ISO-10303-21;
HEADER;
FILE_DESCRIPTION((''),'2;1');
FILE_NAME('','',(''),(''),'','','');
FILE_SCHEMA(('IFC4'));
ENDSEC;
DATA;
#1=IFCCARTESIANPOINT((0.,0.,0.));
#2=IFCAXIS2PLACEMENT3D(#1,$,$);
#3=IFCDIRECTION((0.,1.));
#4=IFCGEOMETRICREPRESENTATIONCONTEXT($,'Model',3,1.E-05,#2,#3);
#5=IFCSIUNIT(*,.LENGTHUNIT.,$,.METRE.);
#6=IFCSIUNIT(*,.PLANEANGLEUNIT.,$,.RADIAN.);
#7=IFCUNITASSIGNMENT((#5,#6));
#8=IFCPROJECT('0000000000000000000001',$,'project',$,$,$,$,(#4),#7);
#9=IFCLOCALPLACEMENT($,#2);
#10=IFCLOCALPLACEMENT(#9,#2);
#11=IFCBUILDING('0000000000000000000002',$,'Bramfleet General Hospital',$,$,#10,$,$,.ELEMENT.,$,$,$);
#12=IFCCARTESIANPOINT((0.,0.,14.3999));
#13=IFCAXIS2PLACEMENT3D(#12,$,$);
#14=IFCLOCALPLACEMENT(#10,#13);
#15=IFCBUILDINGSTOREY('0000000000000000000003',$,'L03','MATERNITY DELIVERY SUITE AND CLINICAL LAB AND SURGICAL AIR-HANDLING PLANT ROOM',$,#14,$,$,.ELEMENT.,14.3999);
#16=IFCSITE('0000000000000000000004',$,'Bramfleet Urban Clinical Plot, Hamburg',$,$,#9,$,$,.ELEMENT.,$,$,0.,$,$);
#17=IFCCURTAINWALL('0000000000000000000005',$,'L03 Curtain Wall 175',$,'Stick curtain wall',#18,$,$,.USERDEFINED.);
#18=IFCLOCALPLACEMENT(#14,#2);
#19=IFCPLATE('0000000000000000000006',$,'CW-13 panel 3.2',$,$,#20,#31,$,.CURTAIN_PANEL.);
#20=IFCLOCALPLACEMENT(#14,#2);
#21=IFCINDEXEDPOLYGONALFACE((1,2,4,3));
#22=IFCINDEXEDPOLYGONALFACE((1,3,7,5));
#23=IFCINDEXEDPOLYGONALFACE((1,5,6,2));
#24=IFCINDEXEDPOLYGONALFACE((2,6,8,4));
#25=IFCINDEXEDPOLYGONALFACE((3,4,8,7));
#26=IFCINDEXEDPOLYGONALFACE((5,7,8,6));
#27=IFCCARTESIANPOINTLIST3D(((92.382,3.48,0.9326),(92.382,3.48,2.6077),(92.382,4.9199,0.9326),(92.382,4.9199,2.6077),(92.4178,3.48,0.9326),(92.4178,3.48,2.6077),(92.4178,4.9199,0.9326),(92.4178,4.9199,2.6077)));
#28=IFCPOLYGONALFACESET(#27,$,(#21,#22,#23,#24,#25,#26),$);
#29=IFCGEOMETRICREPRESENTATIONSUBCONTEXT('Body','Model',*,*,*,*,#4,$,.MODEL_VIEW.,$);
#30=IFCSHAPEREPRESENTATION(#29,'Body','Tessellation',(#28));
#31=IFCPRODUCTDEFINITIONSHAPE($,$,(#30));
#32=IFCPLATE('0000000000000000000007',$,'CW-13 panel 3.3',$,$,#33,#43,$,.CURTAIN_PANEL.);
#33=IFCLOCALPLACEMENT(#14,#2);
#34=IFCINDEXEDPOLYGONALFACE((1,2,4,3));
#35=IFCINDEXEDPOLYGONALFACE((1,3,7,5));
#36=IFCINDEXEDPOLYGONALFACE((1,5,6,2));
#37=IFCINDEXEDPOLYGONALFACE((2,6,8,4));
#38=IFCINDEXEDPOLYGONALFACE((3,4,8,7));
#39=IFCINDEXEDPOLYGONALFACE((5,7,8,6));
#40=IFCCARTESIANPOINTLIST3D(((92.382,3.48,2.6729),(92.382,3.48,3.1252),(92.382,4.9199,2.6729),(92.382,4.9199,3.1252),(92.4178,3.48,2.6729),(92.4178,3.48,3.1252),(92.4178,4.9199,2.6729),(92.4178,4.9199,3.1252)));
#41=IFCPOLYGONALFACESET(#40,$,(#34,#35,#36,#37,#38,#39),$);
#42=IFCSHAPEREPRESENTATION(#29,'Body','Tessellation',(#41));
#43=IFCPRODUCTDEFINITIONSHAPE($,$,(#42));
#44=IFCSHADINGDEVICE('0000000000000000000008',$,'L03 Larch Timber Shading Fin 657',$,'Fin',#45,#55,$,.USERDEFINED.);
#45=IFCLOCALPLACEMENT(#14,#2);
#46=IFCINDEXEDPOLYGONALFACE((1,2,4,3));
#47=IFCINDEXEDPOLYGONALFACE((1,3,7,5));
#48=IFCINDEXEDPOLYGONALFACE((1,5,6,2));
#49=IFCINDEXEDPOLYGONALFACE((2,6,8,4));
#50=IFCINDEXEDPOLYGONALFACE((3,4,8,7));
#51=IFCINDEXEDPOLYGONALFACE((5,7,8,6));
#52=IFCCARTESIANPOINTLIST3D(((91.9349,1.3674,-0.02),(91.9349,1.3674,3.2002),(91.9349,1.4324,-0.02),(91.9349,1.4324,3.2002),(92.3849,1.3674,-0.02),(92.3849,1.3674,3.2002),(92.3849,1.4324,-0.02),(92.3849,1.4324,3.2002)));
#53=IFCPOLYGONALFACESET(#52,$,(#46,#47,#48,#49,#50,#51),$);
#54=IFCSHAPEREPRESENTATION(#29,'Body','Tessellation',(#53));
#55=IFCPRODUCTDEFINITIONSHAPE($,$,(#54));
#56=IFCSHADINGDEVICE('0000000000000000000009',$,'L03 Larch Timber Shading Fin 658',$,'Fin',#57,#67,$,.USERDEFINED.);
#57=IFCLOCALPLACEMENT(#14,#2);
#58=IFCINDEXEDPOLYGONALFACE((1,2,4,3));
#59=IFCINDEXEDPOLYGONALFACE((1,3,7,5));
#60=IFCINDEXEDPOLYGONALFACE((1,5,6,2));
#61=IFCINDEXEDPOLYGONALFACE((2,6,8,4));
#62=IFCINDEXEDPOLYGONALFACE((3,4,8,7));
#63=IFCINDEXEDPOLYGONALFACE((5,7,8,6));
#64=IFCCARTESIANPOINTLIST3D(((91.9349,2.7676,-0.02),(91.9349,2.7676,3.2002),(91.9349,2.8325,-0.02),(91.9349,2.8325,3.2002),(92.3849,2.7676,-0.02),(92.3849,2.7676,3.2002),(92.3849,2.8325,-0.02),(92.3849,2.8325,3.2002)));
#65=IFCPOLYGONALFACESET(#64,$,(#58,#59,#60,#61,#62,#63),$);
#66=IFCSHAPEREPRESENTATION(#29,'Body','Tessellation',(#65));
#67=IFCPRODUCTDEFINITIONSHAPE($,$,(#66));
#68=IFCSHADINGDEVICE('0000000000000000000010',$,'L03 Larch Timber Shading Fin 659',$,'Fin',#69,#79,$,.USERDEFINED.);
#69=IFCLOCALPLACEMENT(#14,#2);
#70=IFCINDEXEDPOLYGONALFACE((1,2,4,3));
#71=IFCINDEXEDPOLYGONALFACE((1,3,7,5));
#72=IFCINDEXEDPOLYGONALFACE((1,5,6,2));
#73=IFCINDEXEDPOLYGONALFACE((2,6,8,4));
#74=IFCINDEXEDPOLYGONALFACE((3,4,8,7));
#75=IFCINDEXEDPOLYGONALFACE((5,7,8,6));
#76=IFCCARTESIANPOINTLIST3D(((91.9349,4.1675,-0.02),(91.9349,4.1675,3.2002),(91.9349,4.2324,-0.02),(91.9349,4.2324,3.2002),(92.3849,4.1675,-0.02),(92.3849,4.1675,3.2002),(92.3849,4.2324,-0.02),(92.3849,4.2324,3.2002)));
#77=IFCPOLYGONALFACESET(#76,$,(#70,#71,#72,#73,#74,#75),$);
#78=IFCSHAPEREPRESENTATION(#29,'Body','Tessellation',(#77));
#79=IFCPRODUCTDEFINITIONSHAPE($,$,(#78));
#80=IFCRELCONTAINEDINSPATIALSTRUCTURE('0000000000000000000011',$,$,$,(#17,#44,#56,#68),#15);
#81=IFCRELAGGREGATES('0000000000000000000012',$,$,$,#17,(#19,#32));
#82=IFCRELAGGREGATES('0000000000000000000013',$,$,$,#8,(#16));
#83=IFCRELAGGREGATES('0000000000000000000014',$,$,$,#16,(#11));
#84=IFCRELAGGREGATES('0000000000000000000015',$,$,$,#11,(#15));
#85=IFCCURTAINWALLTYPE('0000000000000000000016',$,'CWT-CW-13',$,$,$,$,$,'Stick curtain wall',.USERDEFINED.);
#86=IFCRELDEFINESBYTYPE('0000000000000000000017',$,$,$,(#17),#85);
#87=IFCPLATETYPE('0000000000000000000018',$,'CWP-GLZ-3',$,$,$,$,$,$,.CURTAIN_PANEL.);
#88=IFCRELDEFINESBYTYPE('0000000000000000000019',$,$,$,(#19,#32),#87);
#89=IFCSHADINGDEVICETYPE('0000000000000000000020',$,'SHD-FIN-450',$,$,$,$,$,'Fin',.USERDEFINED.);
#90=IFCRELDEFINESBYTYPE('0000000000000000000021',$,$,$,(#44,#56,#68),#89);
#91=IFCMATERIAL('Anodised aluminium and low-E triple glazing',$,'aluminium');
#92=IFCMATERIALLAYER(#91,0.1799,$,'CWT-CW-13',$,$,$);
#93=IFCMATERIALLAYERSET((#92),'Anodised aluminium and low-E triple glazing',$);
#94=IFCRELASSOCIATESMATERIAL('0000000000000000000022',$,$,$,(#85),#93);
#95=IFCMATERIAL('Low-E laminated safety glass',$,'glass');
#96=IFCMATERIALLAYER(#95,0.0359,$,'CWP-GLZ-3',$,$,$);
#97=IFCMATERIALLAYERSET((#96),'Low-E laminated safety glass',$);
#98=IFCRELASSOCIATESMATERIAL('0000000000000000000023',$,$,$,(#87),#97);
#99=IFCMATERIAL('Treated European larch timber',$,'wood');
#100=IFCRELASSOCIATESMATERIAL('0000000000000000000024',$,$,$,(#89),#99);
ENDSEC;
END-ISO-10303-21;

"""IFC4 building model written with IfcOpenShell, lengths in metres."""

from ifc_helpers import new_model, si_unit, direction, frame, origin, origin_2d, place, context, subcontext, project, spatial, rectangle, extrude, material, layer, layer_set, material_profile, profile_set, type_object, element, aggregate, save


model = new_model("IFC4")

# Units and contexts
model_context = context("Model", 3, precision=1e-05, world=origin(), true_north=direction((0.0, 1.0)))
body_context = subcontext(model_context, "Body", "Model", "MODEL_VIEW")
ifc_project = project(units=[si_unit("LENGTHUNIT", "METRE"), si_unit("PLANEANGLEUNIT", "RADIAN")], contexts=[model_context])

# Site, building, storey
site_placement = place(None, origin())
site = spatial("IfcSite", under=ifc_project, at=site_placement, Name="Bramfleet Urban Clinical Plot, Hamburg", CompositionType="ELEMENT", RefElevation=0.0)
building_placement = place(site_placement, origin())
building = spatial("IfcBuilding", under=site, at=building_placement, Name="Bramfleet General Hospital", CompositionType="ELEMENT")
storey_placement = place(building_placement, frame((0.0, 0.0, 14.3999)))
storey = spatial("IfcBuildingStorey", under=building, at=storey_placement, Name="L03", Description="MATERNITY DELIVERY SUITE AND CLINICAL LAB AND SURGICAL AIR-HANDLING PLANT ROOM", CompositionType="ELEMENT", Elevation=14.3999)

# Curtain wall, plates
ifc_material_1 = material(Name="Anodised aluminium and low-E triple glazing", Category="aluminium")
ifc_layer_1 = layer(ifc_material_1, 0.1799, Name="CWT-CW-13")
ifc_layer_set_1 = layer_set([ifc_layer_1], Name="Anodised aluminium and low-E triple glazing")
curtain_wall_type = type_object("IfcCurtainWallType", Name="CWT-CW-13", ElementType="Stick curtain wall", PredefinedType="USERDEFINED", material=ifc_layer_set_1)
curtain_wall_placement = place(storey_placement, origin())
curtain_wall = element("IfcCurtainWall", 1, at=curtain_wall_placement, inside=storey, type_object=curtain_wall_type, Name="L03 Curtain Wall 175", ObjectType="Stick curtain wall", PredefinedType="USERDEFINED")
ifc_material_2 = material(Name="Low-E laminated safety glass", Category="glass")
ifc_layer_2 = layer(ifc_material_2, 0.0359, Name="CWP-GLZ-3")
ifc_layer_set_2 = layer_set([ifc_layer_2], Name="Low-E laminated safety glass")
plate_type = type_object("IfcPlateType", Name="CWP-GLZ-3", PredefinedType="CURTAIN_PANEL", material=ifc_layer_set_2)
plate_1_placement = place(storey_placement, frame((92.3999, 4.2, 0.9326), z_axis=(0.0, 0.0, 1.0), x_axis=(0.0, 1.0, 0.0)))
plate_1 = element("IfcPlate", 2, at=plate_1_placement, type_object=plate_type, Name="CW-13 panel 3.2", PredefinedType="CURTAIN_PANEL", context=body_context, shape_type="SweptSolid", body=[
    extrude(rectangle(XDim=1.4399, YDim=0.0359, at=origin_2d()), origin(), (0.0, 0.0, 1.0), 1.675),
])
plate_2_placement = place(storey_placement, frame((92.3999, 4.2, 2.6729), z_axis=(0.0, 0.0, 1.0), x_axis=(0.0, 1.0, 0.0)))
plate_2 = element("IfcPlate", 3, at=plate_2_placement, type_object=plate_type, Name="CW-13 panel 3.3", PredefinedType="CURTAIN_PANEL", context=body_context, shape_type="SweptSolid", body=[
    extrude(rectangle(XDim=1.4399, YDim=0.0359, at=origin_2d()), origin(), (0.0, 0.0, 1.0), 0.4524),
])
aggregate(curtain_wall, [plate_1, plate_2])

# Shading devices
ifc_material_3 = material(Name="Treated European larch timber", Category="wood")
ifc_material_profile_1 = material_profile(ifc_material_3, rectangle(XDim=0.0649, YDim=0.45, at=origin_2d()), Name="LARCH FIN 450x65")
ifc_profile_set_1 = profile_set([ifc_material_profile_1], Name="Treated European larch timber")
shading_device_type = type_object("IfcShadingDeviceType", Name="SHD-FIN-450", ElementType="Fin", PredefinedType="USERDEFINED", material=ifc_profile_set_1)
for number, where, z_axis, x_axis, name in (
    (4, (92.1599, 1.3999, -0.02), (0.0, 0.0, 1.0), (0.0, 1.0, 0.0), "L03 Larch Timber Shading Fin 657"),
    (5, (92.1599, 2.8, -0.02), (0.0, 0.0, 1.0), (0.0, 1.0, 0.0), "L03 Larch Timber Shading Fin 658"),
    (6, (92.1599, 4.2, -0.02), (0.0, 0.0, 1.0), (0.0, 1.0, 0.0), "L03 Larch Timber Shading Fin 659"),
):
    element("IfcShadingDevice", number, at=place(storey_placement, frame(where, z_axis=z_axis, x_axis=x_axis)), inside=storey, type_object=shading_device_type, Name=name, ObjectType="Fin", PredefinedType="USERDEFINED", context=body_context, shape_type="SweptSolid", body=[
        extrude(rectangle(XDim=0.0649, YDim=0.45, at=origin_2d()), origin(), (0.0, 0.0, 1.0), 3.2202),
    ])

save(model, "model.ifc")
